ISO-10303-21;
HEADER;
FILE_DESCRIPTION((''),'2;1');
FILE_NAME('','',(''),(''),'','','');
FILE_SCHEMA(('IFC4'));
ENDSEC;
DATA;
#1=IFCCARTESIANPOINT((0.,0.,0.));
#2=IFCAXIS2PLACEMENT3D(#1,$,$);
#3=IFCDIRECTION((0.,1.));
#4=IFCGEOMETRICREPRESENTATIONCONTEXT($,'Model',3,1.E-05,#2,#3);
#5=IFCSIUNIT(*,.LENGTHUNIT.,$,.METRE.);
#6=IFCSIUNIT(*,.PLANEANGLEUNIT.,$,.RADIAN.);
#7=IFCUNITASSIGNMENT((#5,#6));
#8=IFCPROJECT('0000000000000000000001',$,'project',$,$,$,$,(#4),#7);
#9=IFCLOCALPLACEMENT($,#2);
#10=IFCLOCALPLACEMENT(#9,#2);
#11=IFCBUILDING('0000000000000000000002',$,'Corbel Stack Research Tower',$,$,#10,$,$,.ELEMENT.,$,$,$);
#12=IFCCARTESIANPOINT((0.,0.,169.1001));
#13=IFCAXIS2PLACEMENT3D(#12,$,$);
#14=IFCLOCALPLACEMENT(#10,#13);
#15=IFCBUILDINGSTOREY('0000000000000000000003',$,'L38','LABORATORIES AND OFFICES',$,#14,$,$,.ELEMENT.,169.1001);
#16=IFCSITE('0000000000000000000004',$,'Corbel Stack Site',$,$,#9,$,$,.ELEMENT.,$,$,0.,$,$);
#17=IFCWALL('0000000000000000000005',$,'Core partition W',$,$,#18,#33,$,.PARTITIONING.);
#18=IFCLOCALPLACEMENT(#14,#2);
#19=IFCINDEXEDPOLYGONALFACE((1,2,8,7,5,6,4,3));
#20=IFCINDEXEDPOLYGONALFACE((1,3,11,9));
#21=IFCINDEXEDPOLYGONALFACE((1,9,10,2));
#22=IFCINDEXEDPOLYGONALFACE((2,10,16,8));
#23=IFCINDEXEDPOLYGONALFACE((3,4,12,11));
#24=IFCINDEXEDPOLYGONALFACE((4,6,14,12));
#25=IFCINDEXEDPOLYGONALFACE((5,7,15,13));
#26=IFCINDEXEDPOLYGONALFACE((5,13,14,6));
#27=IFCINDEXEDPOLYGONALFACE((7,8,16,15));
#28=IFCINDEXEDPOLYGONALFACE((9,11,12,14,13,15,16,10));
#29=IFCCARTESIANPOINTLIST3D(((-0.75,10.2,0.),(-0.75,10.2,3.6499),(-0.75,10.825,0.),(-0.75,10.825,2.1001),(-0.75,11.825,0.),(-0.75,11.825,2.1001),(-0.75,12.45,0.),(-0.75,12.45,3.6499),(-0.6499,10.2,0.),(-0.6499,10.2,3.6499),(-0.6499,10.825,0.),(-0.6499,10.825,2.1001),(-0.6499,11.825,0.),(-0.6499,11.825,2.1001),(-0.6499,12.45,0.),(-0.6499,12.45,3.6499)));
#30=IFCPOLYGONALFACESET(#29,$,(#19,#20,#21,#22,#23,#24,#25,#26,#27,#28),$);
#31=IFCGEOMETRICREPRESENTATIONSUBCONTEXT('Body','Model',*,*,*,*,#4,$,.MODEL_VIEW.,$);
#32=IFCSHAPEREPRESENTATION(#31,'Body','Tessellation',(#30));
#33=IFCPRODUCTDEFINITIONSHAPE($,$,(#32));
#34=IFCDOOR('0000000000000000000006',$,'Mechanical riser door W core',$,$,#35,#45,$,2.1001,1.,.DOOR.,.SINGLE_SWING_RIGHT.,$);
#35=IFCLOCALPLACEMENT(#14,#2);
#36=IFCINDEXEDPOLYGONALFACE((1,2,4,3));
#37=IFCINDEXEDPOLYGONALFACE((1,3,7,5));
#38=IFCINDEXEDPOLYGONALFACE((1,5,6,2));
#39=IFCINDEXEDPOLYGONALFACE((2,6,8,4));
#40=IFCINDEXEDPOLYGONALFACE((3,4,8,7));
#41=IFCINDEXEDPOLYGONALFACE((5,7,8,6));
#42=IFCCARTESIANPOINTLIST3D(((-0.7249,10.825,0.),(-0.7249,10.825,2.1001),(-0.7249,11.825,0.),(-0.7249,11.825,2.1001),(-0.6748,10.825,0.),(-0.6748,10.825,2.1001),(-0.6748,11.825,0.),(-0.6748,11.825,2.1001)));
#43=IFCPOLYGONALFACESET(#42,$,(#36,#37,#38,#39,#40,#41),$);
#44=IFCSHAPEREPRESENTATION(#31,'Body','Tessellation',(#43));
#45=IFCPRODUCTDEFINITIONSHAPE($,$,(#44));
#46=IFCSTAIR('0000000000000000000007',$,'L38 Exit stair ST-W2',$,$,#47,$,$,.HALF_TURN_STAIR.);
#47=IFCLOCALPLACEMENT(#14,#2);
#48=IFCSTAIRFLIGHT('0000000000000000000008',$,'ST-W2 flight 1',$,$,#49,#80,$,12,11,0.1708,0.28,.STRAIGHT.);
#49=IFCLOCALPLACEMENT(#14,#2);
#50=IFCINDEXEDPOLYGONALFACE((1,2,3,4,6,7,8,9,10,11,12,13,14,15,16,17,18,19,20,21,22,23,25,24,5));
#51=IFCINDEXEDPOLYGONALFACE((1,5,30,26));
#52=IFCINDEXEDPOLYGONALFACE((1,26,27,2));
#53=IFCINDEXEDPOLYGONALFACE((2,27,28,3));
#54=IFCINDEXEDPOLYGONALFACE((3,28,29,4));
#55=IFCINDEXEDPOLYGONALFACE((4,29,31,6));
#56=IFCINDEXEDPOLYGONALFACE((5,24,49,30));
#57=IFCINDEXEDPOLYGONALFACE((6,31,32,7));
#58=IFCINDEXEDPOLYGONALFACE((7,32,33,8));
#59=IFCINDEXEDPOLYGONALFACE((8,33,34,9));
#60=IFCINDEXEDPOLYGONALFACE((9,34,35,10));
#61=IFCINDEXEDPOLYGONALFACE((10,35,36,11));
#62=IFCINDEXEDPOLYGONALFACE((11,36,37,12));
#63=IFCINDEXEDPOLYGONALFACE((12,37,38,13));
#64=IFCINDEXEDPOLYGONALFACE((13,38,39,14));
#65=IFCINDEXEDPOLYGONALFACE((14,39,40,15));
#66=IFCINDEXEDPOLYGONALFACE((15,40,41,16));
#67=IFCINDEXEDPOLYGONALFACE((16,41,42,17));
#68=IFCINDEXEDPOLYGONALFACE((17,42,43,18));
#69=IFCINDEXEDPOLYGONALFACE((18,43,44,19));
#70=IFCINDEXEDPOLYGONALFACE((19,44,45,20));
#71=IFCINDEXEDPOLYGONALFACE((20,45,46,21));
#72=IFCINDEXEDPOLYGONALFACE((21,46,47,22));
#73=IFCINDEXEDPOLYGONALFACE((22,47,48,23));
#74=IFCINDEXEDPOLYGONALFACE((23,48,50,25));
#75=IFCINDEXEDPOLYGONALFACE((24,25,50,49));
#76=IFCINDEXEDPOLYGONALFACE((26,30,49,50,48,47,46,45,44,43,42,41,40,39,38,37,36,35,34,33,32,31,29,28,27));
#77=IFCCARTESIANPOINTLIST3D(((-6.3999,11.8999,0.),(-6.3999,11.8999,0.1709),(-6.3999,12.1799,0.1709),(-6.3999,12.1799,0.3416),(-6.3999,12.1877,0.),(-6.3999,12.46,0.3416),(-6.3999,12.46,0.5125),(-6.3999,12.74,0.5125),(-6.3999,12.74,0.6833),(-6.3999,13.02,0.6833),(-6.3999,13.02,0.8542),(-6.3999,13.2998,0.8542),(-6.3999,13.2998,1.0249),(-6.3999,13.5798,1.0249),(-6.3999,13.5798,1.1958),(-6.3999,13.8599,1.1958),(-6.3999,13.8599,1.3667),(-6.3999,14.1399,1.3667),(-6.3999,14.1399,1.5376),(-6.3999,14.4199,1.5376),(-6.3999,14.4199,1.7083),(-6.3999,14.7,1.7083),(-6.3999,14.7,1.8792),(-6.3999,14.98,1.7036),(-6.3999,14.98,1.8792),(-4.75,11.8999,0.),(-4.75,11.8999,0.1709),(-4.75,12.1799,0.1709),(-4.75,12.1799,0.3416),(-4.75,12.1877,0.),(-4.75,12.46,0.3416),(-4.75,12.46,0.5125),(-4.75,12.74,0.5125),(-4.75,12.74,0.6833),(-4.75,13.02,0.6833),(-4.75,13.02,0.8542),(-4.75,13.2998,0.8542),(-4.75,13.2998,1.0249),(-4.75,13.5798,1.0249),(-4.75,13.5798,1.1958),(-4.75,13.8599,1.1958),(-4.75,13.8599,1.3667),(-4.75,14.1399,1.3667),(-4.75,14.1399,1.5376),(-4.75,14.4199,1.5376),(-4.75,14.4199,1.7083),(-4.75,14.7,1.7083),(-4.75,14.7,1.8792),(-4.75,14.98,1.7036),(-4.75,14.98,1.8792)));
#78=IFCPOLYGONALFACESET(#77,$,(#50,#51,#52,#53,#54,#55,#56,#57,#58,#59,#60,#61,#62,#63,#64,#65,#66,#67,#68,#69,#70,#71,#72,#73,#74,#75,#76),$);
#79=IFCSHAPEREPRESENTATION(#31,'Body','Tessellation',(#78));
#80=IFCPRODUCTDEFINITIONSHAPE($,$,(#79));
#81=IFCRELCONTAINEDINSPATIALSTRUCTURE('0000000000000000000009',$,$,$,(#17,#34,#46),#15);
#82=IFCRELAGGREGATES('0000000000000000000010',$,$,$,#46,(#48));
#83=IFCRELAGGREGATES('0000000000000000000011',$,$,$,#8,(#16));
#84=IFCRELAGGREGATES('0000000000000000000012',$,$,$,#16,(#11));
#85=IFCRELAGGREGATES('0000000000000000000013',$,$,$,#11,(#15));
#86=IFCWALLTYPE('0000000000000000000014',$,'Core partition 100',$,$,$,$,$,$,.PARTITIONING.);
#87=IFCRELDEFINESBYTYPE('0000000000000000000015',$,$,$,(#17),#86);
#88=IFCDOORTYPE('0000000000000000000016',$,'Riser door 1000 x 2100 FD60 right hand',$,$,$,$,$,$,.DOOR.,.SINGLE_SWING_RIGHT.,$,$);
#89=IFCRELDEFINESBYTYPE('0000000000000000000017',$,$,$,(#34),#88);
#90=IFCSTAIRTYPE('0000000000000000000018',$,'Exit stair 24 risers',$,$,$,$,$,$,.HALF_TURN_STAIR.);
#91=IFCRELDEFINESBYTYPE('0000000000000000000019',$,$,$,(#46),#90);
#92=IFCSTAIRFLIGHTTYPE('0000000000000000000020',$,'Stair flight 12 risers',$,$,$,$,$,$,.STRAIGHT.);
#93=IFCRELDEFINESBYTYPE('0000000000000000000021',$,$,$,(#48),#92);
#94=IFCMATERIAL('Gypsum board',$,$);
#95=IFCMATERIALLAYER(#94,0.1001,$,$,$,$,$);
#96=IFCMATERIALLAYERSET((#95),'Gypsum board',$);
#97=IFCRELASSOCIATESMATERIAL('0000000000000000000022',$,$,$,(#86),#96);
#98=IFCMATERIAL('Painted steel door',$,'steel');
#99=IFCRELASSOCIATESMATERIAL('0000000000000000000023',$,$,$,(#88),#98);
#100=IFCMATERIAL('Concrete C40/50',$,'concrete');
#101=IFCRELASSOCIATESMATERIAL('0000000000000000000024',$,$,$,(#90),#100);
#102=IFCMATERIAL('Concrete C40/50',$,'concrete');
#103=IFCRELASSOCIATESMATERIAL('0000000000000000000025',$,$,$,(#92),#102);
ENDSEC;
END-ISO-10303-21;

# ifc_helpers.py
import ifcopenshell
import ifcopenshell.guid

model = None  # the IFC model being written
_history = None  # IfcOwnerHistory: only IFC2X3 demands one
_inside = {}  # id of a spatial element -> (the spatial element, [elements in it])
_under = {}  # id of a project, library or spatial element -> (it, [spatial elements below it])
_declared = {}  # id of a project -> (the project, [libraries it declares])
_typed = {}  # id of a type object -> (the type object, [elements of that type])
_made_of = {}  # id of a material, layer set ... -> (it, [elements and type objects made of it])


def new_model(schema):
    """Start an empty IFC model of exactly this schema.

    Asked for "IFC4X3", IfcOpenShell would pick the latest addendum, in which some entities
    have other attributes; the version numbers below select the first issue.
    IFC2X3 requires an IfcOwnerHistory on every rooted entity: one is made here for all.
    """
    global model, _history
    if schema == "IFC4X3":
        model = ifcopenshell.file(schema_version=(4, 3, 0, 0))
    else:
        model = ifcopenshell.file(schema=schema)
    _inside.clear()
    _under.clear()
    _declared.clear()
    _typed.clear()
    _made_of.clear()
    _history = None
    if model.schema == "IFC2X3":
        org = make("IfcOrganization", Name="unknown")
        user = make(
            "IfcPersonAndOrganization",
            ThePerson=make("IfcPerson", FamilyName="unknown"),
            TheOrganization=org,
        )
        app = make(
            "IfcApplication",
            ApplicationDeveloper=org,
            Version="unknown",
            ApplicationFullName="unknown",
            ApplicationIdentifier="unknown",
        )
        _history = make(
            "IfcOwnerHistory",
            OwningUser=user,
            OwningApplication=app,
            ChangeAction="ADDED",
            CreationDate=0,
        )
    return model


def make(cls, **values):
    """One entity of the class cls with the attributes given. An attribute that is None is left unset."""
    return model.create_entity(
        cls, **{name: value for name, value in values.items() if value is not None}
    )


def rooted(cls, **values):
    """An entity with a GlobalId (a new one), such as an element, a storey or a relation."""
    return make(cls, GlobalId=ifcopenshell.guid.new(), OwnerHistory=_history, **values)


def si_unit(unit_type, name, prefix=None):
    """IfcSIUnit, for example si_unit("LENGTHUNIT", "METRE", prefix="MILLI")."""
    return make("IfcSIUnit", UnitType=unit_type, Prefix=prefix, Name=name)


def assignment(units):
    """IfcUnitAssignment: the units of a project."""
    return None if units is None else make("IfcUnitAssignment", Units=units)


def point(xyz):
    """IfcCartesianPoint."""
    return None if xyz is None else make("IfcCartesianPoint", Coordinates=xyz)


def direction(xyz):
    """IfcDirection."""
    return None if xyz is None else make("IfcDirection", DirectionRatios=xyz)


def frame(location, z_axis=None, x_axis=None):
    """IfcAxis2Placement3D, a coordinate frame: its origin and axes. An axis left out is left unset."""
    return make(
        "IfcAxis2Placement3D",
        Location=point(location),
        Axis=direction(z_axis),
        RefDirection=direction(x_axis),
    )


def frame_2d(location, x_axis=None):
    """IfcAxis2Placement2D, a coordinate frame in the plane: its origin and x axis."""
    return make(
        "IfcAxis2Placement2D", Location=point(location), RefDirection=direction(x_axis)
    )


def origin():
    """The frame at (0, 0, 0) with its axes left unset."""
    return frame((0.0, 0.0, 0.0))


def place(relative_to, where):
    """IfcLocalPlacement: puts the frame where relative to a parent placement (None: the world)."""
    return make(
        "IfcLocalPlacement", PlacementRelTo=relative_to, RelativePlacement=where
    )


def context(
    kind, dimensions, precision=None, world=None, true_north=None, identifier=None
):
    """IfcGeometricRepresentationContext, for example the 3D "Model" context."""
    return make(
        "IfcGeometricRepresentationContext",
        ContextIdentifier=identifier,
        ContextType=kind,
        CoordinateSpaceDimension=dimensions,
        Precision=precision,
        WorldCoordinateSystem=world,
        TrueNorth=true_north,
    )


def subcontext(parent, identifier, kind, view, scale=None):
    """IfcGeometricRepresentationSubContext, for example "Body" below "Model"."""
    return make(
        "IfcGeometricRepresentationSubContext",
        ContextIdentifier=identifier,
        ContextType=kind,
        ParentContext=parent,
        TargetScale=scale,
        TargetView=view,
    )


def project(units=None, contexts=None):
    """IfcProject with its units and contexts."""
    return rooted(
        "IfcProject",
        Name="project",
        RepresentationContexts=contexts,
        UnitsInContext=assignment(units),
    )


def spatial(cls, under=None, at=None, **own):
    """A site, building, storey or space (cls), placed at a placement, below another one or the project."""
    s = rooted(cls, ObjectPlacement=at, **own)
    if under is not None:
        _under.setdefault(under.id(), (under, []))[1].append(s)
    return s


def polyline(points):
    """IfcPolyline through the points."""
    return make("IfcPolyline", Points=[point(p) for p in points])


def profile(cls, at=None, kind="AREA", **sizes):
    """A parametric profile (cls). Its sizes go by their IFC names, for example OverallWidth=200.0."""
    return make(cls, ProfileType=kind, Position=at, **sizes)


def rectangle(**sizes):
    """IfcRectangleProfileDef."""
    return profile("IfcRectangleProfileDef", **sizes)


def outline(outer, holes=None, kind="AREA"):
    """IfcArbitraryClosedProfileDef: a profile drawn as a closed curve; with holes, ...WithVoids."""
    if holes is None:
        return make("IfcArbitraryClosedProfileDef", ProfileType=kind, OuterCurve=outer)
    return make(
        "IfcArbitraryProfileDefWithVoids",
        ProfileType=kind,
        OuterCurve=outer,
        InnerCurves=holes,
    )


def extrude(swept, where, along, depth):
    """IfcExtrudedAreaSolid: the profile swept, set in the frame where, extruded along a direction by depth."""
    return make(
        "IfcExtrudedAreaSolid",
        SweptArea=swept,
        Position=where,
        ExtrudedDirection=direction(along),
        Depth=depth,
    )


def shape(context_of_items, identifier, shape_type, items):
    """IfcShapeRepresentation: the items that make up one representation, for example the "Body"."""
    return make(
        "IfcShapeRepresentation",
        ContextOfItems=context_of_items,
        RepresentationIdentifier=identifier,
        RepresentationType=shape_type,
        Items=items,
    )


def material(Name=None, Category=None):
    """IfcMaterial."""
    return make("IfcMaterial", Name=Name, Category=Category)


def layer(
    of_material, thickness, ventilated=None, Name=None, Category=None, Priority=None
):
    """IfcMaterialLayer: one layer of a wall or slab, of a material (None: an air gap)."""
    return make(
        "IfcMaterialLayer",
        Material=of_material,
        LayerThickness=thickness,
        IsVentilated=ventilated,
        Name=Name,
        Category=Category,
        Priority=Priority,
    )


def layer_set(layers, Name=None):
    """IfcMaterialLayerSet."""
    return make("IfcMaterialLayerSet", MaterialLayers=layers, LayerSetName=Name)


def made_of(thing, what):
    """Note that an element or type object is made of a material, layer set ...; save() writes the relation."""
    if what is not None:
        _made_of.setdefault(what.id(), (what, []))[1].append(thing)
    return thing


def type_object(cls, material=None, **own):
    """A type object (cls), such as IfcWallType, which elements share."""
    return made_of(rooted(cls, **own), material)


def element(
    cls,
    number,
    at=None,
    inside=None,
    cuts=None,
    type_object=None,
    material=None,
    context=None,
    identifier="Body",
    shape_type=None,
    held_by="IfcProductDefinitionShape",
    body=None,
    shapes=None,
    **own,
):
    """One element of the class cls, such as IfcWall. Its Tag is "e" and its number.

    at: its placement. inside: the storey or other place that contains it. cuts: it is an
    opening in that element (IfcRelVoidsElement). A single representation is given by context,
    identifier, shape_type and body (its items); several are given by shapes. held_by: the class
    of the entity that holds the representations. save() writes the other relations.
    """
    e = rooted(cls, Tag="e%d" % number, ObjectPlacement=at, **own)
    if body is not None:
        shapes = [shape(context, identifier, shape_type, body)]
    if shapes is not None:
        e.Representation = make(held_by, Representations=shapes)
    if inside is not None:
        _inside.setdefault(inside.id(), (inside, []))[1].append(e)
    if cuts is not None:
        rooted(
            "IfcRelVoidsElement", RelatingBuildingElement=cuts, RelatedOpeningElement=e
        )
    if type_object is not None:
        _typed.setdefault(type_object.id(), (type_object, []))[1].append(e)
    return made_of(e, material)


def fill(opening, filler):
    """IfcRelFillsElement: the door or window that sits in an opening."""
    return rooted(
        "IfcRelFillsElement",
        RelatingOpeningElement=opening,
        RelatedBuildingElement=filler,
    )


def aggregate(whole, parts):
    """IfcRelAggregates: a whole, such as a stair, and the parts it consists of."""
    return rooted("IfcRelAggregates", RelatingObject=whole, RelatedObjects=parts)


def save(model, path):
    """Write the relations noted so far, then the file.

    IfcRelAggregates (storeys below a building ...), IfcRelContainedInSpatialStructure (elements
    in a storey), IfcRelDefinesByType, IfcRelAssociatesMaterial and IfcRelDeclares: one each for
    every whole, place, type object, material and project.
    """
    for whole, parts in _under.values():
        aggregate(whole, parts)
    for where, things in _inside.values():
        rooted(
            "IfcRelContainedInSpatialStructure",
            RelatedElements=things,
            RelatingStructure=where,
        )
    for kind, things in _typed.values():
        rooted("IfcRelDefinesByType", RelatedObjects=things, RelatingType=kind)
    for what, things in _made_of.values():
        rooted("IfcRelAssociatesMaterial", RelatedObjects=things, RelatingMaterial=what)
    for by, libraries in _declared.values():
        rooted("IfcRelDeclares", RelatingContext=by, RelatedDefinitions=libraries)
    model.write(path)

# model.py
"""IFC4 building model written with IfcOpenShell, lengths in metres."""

from ifc_helpers import new_model, si_unit, direction, frame, frame_2d, origin, place, context, subcontext, project, spatial, polyline, rectangle, outline, extrude, material, layer, layer_set, type_object, element, fill, aggregate, save


model = new_model("IFC4")

# Units and contexts
model_context = context("Model", 3, precision=1e-05, world=origin(), true_north=direction((0.0, 1.0)))
body_context = subcontext(model_context, "Body", "Model", "MODEL_VIEW")
ifc_project = project(units=[si_unit("LENGTHUNIT", "METRE"), si_unit("PLANEANGLEUNIT", "RADIAN")], contexts=[model_context])

# Site, building, storey
site_placement = place(None, origin())
site = spatial("IfcSite", under=ifc_project, at=site_placement, Name="Corbel Stack Site", CompositionType="ELEMENT", RefElevation=0.0)
building_placement = place(site_placement, origin())
building = spatial("IfcBuilding", under=site, at=building_placement, Name="Corbel Stack Research Tower", CompositionType="ELEMENT")
storey_placement = place(building_placement, frame((0.0, 0.0, 169.1001)))
storey = spatial("IfcBuildingStorey", under=building, at=storey_placement, Name="L38", Description="LABORATORIES AND OFFICES", CompositionType="ELEMENT", Elevation=169.1001)

# Wall, opening, door
ifc_material_1 = material(Name="Gypsum board")
ifc_layer_1 = layer(ifc_material_1, 0.1001)
ifc_layer_set_1 = layer_set([ifc_layer_1], Name="Gypsum board")
wall_type_1 = type_object("IfcWallType", Name="Core partition 100", PredefinedType="PARTITIONING", material=ifc_layer_set_1)
wall_1_placement = place(storey_placement, frame((-0.7, 10.2, 0.0), z_axis=(0.0, 0.0, 1.0), x_axis=(0.0, 1.0, 0.0)))
wall_1 = element("IfcWall", 1, at=wall_1_placement, inside=storey, type_object=wall_type_1, Name="Core partition W", PredefinedType="PARTITIONING", context=body_context, shape_type="SweptSolid", body=[
    extrude(rectangle(XDim=2.25, YDim=0.1001, at=frame_2d((1.125, 0.0))), origin(), (0.0, 0.0, 1.0), 3.6499),
])
opening_1_placement = place(wall_1_placement, frame((0.625, 0.0, 0.0)))
opening_1 = element("IfcOpeningElement", 2, at=opening_1_placement, cuts=wall_1, PredefinedType="OPENING", context=body_context, shape_type="SweptSolid", body=[
    extrude(rectangle(XDim=1.0, YDim=2.1001, at=frame_2d((0.5, 1.05))), frame((0.0, 0.0601, 0.0), z_axis=(0.0, -1.0, 0.0), x_axis=(1.0, 0.0, 0.0)), (0.0, 0.0, 1.0), 0.1201),
])
ifc_material_2 = material(Name="Painted steel door", Category="steel")
door_type_1 = type_object("IfcDoorType", Name="Riser door 1000 x 2100 FD60 right hand", OperationType="SINGLE_SWING_RIGHT", PredefinedType="DOOR", material=ifc_material_2)
door_1_placement = place(opening_1_placement, origin())
door_1 = element("IfcDoor", 3, at=door_1_placement, inside=storey, type_object=door_type_1, Name="Mechanical riser door W core", OperationType="SINGLE_SWING_RIGHT", OverallHeight=2.1001, OverallWidth=1.0, PredefinedType="DOOR", context=body_context, shape_type="SweptSolid", body=[
    extrude(rectangle(XDim=1.0, YDim=2.1001, at=frame_2d((0.5, 1.05))), frame((0.0, 0.0249, 0.0), z_axis=(0.0, -1.0, 0.0), x_axis=(1.0, 0.0, 0.0)), (0.0, 0.0, 1.0), 0.05),
])
fill(opening_1, door_1)

# Stair, stair flight
ifc_material_3 = material(Name="Concrete C40/50", Category="concrete")
stair_type = type_object("IfcStairType", Name="Exit stair 24 risers", PredefinedType="HALF_TURN_STAIR", material=ifc_material_3)
stair_placement = place(storey_placement, origin())
stair = element("IfcStair", 4, at=stair_placement, inside=storey, type_object=stair_type, Name="L38 Exit stair ST-W2", PredefinedType="HALF_TURN_STAIR")
ifc_material_4 = material(Name="Concrete C40/50", Category="concrete")
stair_flight_type = type_object("IfcStairFlightType", Name="Stair flight 12 risers", PredefinedType="STRAIGHT", material=ifc_material_4)
stair_flight_placement = place(storey_placement, frame((-5.575, 11.8999, 0.0), z_axis=(0.0, 0.0, 1.0), x_axis=(0.0, 1.0, 0.0)))
stair_flight = element("IfcStairFlight", 5, at=stair_flight_placement, type_object=stair_flight_type, Name="ST-W2 flight 1", NumberOfRisers=12, NumberOfTreads=11, PredefinedType="STRAIGHT", RiserHeight=0.1708, TreadLength=0.28, context=body_context, shape_type="SweptSolid", body=[
    extrude(outline(polyline([(0.0, 0.0), (0.0, 0.1709), (0.28, 0.1709), (0.28, 0.3416), (0.5601, 0.3416), (0.5601, 0.5125), (0.8401, 0.5125), (0.8401, 0.6833), (1.1201, 0.6833), (1.1201, 0.8542), (1.3999, 0.8542), (1.3999, 1.0249), (1.6799, 1.0249), (1.6799, 1.1958), (1.96, 1.1958), (1.96, 1.3667), (2.24, 1.3667), (2.24, 1.5376), (2.52, 1.5376), (2.52, 1.7083), (2.8, 1.7083), (2.8, 1.8792), (3.0801, 1.8792), (3.0801, 2.05), (3.0801, 1.7036), (0.2878, 0.0), (0.0, 0.0)])), frame((0.0, 0.825, 0.0), z_axis=(0.0, -1.0, 0.0), x_axis=(1.0, 0.0, 0.0)), (0.0, 0.0, 1.0), 1.6499),
])
aggregate(stair, [stair_flight])

save(model, "model.ifc")
